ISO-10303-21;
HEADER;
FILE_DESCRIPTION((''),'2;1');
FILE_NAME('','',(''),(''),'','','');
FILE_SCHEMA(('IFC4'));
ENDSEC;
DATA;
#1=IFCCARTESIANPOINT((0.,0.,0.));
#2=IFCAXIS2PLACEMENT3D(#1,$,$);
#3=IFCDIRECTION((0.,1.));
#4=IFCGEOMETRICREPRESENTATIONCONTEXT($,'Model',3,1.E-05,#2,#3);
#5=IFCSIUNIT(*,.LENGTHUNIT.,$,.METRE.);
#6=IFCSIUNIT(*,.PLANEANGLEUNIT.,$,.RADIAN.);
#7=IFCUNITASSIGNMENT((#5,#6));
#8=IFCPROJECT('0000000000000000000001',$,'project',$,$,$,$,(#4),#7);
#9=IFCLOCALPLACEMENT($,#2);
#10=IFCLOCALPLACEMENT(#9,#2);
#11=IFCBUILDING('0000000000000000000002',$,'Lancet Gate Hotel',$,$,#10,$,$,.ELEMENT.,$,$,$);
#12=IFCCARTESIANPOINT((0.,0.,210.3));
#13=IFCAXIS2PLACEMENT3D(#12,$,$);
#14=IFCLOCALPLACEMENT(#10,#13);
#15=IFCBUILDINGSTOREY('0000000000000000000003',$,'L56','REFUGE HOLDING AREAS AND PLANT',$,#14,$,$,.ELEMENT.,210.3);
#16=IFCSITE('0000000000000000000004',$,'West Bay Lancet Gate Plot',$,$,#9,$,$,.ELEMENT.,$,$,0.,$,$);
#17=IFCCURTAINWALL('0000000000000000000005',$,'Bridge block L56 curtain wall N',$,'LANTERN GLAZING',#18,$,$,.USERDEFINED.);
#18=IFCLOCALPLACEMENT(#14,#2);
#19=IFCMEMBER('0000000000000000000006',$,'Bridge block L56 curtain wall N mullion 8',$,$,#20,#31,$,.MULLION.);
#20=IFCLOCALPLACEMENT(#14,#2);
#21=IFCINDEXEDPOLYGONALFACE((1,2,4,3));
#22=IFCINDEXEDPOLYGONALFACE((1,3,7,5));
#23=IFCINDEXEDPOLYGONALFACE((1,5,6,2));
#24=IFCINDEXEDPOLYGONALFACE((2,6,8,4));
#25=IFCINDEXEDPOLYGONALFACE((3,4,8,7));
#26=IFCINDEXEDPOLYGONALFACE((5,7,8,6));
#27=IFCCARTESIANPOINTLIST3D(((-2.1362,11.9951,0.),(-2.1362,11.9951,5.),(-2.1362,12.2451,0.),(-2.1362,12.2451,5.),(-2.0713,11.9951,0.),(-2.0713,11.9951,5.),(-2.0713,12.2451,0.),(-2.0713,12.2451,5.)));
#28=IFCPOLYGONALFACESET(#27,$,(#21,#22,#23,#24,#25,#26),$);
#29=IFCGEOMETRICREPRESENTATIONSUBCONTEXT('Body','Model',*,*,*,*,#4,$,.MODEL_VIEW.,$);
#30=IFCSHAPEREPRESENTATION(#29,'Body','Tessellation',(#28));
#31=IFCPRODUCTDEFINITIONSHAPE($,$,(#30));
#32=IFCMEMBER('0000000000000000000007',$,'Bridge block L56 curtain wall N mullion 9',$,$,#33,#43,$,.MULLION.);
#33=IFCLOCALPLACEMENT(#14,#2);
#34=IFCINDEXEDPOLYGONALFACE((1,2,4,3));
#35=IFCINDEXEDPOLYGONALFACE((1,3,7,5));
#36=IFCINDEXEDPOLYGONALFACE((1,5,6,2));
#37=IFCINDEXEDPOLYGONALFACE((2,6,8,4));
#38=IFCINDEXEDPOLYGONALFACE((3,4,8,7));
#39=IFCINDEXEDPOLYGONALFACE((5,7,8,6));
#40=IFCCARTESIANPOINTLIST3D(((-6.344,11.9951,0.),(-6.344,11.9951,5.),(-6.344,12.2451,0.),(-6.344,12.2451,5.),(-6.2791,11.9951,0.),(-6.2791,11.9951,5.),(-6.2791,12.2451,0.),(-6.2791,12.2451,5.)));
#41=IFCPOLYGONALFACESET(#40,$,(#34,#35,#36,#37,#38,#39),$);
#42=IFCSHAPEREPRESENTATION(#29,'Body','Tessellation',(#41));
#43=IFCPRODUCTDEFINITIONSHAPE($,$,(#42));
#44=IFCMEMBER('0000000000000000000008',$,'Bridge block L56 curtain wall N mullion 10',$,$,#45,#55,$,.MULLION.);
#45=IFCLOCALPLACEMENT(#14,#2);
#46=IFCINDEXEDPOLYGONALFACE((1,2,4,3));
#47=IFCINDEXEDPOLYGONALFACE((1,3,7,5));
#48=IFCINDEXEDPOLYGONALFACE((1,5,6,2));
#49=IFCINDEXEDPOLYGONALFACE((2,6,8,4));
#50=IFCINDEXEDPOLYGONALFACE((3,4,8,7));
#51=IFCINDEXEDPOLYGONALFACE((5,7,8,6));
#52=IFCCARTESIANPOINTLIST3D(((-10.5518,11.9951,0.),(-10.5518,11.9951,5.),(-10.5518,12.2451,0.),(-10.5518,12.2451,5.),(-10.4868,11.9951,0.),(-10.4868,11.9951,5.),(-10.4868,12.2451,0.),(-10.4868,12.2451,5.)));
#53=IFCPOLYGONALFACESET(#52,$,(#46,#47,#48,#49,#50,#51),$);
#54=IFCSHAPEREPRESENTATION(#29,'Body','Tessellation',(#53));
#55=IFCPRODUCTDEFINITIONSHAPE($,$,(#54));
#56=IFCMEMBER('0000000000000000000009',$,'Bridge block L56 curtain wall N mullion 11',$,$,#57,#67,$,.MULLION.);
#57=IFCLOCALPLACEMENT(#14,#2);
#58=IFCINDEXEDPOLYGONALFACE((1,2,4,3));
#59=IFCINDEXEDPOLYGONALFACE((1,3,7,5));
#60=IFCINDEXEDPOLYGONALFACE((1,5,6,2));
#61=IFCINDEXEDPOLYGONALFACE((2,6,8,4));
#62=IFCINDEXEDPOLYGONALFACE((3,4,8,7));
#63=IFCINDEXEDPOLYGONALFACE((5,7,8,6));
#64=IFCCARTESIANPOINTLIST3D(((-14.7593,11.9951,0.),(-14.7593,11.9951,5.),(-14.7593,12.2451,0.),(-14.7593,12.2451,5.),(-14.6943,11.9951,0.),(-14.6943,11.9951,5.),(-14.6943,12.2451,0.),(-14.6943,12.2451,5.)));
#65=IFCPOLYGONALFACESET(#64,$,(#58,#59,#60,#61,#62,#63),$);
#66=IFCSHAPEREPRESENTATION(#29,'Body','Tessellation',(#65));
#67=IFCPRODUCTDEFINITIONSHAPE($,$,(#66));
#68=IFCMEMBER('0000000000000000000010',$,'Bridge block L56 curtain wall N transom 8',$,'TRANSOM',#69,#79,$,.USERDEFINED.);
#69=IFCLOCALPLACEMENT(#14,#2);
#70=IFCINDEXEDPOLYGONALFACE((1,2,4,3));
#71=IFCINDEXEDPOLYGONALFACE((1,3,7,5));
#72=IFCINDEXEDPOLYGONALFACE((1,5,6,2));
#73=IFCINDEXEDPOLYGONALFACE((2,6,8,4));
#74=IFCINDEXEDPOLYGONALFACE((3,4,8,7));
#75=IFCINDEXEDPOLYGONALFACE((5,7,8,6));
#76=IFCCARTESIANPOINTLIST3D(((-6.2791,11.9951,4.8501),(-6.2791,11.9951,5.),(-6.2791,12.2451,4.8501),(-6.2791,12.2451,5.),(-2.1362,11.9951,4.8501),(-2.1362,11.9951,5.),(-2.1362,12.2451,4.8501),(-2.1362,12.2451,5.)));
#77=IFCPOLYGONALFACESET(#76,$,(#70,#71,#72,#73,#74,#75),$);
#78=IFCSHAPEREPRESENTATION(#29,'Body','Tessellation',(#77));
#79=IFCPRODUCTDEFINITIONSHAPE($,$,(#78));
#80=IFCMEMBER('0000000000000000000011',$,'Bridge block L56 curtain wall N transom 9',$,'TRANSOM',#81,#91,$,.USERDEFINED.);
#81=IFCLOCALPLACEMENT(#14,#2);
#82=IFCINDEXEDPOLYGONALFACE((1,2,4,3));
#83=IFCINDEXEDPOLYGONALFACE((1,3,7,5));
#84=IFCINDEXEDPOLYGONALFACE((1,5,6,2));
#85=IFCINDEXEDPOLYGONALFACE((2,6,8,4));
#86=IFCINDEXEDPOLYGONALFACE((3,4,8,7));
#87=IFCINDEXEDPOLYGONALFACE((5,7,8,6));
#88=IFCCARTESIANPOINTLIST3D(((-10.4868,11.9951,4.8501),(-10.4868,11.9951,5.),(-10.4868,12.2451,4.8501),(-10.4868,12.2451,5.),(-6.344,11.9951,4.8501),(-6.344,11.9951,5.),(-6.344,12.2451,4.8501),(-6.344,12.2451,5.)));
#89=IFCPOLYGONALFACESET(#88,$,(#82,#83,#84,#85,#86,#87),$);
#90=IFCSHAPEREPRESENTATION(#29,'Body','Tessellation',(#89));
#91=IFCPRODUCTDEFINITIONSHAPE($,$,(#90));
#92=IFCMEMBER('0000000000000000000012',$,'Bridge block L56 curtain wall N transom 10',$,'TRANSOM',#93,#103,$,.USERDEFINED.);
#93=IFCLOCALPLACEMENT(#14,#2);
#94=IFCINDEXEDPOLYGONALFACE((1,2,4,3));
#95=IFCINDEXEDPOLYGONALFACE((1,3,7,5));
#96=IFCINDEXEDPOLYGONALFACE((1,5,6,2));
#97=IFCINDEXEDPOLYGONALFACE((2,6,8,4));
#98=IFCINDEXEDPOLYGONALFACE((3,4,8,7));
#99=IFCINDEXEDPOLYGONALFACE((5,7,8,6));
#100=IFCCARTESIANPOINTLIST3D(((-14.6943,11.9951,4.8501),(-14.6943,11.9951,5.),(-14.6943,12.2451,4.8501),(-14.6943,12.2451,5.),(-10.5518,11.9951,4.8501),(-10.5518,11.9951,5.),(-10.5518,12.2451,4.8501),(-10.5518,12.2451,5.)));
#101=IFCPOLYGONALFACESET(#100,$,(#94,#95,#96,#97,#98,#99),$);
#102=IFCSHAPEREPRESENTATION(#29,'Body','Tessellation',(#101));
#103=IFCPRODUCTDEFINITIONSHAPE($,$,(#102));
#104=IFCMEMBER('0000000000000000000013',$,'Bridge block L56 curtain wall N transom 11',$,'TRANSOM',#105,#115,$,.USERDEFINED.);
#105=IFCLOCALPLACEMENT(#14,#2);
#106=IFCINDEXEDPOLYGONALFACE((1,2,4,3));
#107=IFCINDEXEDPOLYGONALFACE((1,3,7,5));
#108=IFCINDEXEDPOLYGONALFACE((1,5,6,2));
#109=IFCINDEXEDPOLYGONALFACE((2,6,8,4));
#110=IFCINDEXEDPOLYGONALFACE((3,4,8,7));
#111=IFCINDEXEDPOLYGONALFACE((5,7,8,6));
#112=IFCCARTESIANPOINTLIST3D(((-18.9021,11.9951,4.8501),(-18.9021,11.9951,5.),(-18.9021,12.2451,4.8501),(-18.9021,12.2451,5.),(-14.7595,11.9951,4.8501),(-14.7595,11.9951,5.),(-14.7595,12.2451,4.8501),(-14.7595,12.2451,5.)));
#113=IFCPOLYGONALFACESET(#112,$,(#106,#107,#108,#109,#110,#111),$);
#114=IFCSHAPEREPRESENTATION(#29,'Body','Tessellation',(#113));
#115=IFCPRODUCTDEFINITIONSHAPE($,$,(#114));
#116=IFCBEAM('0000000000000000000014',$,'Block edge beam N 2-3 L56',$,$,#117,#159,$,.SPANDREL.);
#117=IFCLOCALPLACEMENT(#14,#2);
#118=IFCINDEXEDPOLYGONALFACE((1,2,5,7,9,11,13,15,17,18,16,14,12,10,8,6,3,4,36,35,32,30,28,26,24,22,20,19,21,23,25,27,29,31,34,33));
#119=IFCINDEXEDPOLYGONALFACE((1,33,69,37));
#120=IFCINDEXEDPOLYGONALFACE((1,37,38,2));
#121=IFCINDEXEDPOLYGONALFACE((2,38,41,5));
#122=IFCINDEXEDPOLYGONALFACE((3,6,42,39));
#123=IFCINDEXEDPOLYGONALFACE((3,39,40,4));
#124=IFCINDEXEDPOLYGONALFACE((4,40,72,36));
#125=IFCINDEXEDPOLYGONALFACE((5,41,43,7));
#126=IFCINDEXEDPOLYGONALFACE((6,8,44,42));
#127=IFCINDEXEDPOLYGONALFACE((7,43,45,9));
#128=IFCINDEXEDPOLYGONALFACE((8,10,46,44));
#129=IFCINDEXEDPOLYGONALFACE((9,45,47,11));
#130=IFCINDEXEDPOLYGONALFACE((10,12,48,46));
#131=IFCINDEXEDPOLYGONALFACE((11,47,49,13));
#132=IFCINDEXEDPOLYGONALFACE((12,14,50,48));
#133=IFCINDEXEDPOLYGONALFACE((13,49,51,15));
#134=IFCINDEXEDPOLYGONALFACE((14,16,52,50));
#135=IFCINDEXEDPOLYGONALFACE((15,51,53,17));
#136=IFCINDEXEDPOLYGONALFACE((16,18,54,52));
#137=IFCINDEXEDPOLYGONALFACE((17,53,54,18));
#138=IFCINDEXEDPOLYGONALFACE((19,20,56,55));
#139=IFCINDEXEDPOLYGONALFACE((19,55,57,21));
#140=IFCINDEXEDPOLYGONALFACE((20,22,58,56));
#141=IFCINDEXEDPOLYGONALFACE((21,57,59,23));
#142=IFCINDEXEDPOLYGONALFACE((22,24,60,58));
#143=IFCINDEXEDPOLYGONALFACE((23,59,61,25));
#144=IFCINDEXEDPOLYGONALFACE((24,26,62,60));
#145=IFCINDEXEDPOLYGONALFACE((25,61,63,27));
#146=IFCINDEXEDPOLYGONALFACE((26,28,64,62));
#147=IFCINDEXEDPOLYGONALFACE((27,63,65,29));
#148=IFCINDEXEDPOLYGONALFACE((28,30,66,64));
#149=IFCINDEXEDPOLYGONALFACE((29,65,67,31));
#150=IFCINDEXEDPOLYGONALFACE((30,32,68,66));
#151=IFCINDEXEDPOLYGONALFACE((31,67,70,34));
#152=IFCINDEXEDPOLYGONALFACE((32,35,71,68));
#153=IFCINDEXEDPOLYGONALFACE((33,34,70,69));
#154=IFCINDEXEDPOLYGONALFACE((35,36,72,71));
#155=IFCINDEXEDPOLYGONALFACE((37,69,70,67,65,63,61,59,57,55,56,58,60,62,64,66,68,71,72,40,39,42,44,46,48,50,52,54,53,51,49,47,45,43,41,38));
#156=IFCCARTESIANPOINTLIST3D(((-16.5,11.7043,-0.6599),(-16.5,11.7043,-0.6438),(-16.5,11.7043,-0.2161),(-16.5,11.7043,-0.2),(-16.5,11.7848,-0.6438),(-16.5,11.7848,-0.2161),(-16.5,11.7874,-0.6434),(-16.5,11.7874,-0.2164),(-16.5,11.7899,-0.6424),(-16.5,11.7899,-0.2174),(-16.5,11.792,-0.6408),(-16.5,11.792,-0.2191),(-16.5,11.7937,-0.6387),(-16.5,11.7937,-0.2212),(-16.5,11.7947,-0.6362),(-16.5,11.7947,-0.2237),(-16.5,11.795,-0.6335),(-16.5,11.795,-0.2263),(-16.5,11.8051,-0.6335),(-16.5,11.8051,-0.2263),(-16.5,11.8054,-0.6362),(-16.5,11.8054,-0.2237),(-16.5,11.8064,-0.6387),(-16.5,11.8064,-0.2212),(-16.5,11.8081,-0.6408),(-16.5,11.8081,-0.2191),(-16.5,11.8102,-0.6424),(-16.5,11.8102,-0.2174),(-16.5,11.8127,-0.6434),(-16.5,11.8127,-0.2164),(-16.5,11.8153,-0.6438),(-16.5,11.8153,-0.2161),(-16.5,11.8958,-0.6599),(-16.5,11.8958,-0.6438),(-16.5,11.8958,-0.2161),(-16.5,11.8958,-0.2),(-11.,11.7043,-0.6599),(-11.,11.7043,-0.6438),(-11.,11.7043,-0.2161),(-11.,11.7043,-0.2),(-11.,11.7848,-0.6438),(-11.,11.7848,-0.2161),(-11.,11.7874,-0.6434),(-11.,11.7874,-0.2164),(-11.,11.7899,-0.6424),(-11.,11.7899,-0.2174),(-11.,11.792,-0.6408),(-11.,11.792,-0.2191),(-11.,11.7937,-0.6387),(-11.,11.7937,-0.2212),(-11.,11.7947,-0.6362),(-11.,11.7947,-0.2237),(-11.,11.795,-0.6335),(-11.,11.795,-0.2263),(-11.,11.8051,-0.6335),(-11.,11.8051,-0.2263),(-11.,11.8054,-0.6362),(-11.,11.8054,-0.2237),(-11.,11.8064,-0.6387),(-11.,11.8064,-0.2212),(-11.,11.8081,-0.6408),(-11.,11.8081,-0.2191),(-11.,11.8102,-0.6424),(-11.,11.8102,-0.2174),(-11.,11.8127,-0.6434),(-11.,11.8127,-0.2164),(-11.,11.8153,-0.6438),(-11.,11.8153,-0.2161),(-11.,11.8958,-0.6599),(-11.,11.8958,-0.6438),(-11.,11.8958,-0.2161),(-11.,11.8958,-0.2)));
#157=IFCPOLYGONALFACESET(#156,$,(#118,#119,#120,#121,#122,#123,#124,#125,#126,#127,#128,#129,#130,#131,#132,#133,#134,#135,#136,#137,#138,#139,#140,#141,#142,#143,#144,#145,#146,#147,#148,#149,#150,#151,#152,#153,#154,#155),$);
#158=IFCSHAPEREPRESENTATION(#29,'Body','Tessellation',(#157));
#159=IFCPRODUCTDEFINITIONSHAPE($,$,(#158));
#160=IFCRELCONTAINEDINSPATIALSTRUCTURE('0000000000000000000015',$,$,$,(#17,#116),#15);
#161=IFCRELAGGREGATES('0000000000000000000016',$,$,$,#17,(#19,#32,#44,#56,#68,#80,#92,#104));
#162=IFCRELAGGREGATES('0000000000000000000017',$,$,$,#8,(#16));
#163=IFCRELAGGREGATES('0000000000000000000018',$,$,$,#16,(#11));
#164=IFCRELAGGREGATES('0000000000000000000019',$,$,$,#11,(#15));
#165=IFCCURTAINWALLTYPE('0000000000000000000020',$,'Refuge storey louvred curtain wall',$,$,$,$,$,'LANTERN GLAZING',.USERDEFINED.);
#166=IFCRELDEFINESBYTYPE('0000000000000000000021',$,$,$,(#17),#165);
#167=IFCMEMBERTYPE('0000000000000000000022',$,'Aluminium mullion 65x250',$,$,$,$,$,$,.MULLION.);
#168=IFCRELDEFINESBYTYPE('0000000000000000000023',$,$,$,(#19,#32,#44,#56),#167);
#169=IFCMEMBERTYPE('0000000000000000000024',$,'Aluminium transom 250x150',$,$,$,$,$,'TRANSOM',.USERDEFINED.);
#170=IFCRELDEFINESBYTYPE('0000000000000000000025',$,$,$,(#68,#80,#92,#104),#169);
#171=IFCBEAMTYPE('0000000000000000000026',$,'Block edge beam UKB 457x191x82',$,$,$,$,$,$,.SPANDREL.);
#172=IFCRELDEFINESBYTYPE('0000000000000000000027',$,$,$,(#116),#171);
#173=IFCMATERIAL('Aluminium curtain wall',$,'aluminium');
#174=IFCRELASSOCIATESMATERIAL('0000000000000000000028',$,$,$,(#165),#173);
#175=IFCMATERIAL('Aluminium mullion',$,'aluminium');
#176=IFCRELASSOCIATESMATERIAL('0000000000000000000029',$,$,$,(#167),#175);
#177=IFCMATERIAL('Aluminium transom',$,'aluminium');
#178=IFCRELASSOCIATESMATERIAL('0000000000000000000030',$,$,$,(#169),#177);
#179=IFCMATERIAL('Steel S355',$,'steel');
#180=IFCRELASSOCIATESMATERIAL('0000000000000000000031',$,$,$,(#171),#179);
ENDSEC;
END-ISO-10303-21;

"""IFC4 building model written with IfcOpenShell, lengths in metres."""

from ifc_helpers import new_model, si_unit, direction, frame, origin, origin_2d, place, context, subcontext, project, spatial, rectangle, i_section, extrude, material, material_profile, profile_set, type_object, element, aggregate, save


model = new_model("IFC4")

# Units and contexts
model_context = context("Model", 3, precision=1e-05, world=origin(), true_north=direction((0.0, 1.0)))
body_context = subcontext(model_context, "Body", "Model", "MODEL_VIEW")
ifc_project = project(units=[si_unit("LENGTHUNIT", "METRE"), si_unit("PLANEANGLEUNIT", "RADIAN")], contexts=[model_context])

# Site, building, storey
site_placement = place(None, origin())
site = spatial("IfcSite", under=ifc_project, at=site_placement, Name="West Bay Lancet Gate Plot", CompositionType="ELEMENT", RefElevation=0.0)
building_placement = place(site_placement, origin())
building = spatial("IfcBuilding", under=site, at=building_placement, Name="Lancet Gate Hotel", CompositionType="ELEMENT")
storey_placement = place(building_placement, frame((0.0, 0.0, 210.3)))
storey = spatial("IfcBuildingStorey", under=building, at=storey_placement, Name="L56", Description="REFUGE HOLDING AREAS AND PLANT", CompositionType="ELEMENT", Elevation=210.3)

# Curtain wall, members
ifc_material_1 = material(Name="Aluminium curtain wall", Category="aluminium")
curtain_wall_type = type_object("IfcCurtainWallType", Name="Refuge storey louvred curtain wall", ElementType="LANTERN GLAZING", PredefinedType="USERDEFINED", material=ifc_material_1)
curtain_wall_placement = place(storey_placement, origin())
curtain_wall = element("IfcCurtainWall", 1, at=curtain_wall_placement, inside=storey, type_object=curtain_wall_type, Name="Bridge block L56 curtain wall N", ObjectType="LANTERN GLAZING", PredefinedType="USERDEFINED")
ifc_material_2 = material(Name="Aluminium mullion", Category="aluminium")
ifc_material_profile_1 = material_profile(ifc_material_2, rectangle(XDim=0.0649, YDim=0.25, at=origin_2d()), Name="MULLION 65x250")
ifc_profile_set_1 = profile_set([ifc_material_profile_1], Name="Aluminium mullion")
member_type_1 = type_object("IfcMemberType", Name="Aluminium mullion 65x250", PredefinedType="MULLION", material=ifc_profile_set_1)
member_1_placement = place(storey_placement, frame((-2.1038, 12.1201, 0.0), z_axis=(0.0, 0.0, 1.0), x_axis=(-1.0, 0.0, 0.0)))
member_1 = element("IfcMember", 2, at=member_1_placement, type_object=member_type_1, Name="Bridge block L56 curtain wall N mullion 8", PredefinedType="MULLION", context=body_context, shape_type="SweptSolid", body=[
    extrude(rectangle(XDim=0.0649, YDim=0.25, at=origin_2d()), origin(), (0.0, 0.0, 1.0), 5.0),
])
member_2_placement = place(storey_placement, frame((-6.3115, 12.1201, 0.0), z_axis=(0.0, 0.0, 1.0), x_axis=(-1.0, 0.0, 0.0)))
member_2 = element("IfcMember", 3, at=member_2_placement, type_object=member_type_1, Name="Bridge block L56 curtain wall N mullion 9", PredefinedType="MULLION", context=body_context, shape_type="SweptSolid", body=[
    extrude(rectangle(XDim=0.0649, YDim=0.25, at=origin_2d()), origin(), (0.0, 0.0, 1.0), 5.0),
])
member_3_placement = place(storey_placement, frame((-10.5193, 12.1201, 0.0), z_axis=(0.0, 0.0, 1.0), x_axis=(-1.0, 0.0, 0.0)))
member_3 = element("IfcMember", 4, at=member_3_placement, type_object=member_type_1, Name="Bridge block L56 curtain wall N mullion 10", PredefinedType="MULLION", context=body_context, shape_type="SweptSolid", body=[
    extrude(rectangle(XDim=0.0649, YDim=0.25, at=origin_2d()), origin(), (0.0, 0.0, 1.0), 5.0),
])
member_4_placement = place(storey_placement, frame((-14.7268, 12.1201, 0.0), z_axis=(0.0, 0.0, 1.0), x_axis=(-1.0, 0.0, 0.0)))
member_4 = element("IfcMember", 5, at=member_4_placement, type_object=member_type_1, Name="Bridge block L56 curtain wall N mullion 11", PredefinedType="MULLION", context=body_context, shape_type="SweptSolid", body=[
    extrude(rectangle(XDim=0.0649, YDim=0.25, at=origin_2d()), origin(), (0.0, 0.0, 1.0), 5.0),
])
ifc_material_3 = material(Name="Aluminium transom", Category="aluminium")
ifc_material_profile_2 = material_profile(ifc_material_3, rectangle(XDim=0.25, YDim=0.1499, at=origin_2d()), Name="TRANSOM 250x150")
ifc_profile_set_2 = profile_set([ifc_material_profile_2], Name="Aluminium transom")
member_type_2 = type_object("IfcMemberType", Name="Aluminium transom 250x150", ElementType="TRANSOM", PredefinedType="USERDEFINED", material=ifc_profile_set_2)
member_5_placement = place(storey_placement, frame((-2.1362, 12.1201, 4.925), z_axis=(-1.0, 0.0, 0.0), x_axis=(0.0, -1.0, 0.0)))
member_5 = element("IfcMember", 6, at=member_5_placement, type_object=member_type_2, Name="Bridge block L56 curtain wall N transom 8", ObjectType="TRANSOM", PredefinedType="USERDEFINED", context=body_context, shape_type="SweptSolid", body=[
    extrude(rectangle(XDim=0.25, YDim=0.1499, at=origin_2d()), origin(), (0.0, 0.0, 1.0), 4.1428),
])
member_6_placement = place(storey_placement, frame((-6.344, 12.1201, 4.925), z_axis=(-1.0, 0.0, 0.0), x_axis=(0.0, -1.0, 0.0)))
member_6 = element("IfcMember", 7, at=member_6_placement, type_object=member_type_2, Name="Bridge block L56 curtain wall N transom 9", ObjectType="TRANSOM", PredefinedType="USERDEFINED", context=body_context, shape_type="SweptSolid", body=[
    extrude(rectangle(XDim=0.25, YDim=0.1499, at=origin_2d()), origin(), (0.0, 0.0, 1.0), 4.1428),
])
member_7_placement = place(storey_placement, frame((-10.5518, 12.1201, 4.925), z_axis=(-1.0, 0.0, 0.0), x_axis=(0.0, -1.0, 0.0)))
member_7 = element("IfcMember", 8, at=member_7_placement, type_object=member_type_2, Name="Bridge block L56 curtain wall N transom 10", ObjectType="TRANSOM", PredefinedType="USERDEFINED", context=body_context, shape_type="SweptSolid", body=[
    extrude(rectangle(XDim=0.25, YDim=0.1499, at=origin_2d()), origin(), (0.0, 0.0, 1.0), 4.1426),
])
member_8_placement = place(storey_placement, frame((-14.7595, 12.1201, 4.925), z_axis=(-1.0, 0.0, 0.0), x_axis=(0.0, -1.0, 0.0)))
member_8 = element("IfcMember", 9, at=member_8_placement, type_object=member_type_2, Name="Bridge block L56 curtain wall N transom 11", ObjectType="TRANSOM", PredefinedType="USERDEFINED", context=body_context, shape_type="SweptSolid", body=[
    extrude(rectangle(XDim=0.25, YDim=0.1499, at=origin_2d()), origin(), (0.0, 0.0, 1.0), 4.1426),
])

# Beam
ifc_material_4 = material(Name="Steel S355", Category="steel")
ifc_material_profile_3 = material_profile(ifc_material_4, i_section(OverallWidth=0.1914, OverallDepth=0.46, WebThickness=0.01, FlangeThickness=0.0161, FilletRadius=0.0103, at=origin_2d()), Name="UKB 457x191x82")
ifc_profile_set_3 = profile_set([ifc_material_profile_3], Name="Steel S355")
beam_type_1 = type_object("IfcBeamType", Name="Block edge beam UKB 457x191x82", PredefinedType="SPANDREL", material=ifc_profile_set_3)
for number, where, z_axis, x_axis, name in (
    (10, (-16.5, 11.8, -0.4299), (1.0, 0.0, 0.0), (0.0, 1.0, 0.0), "Block edge beam N 2-3 L56"),
):
    element("IfcBeam", number, at=place(storey_placement, frame(where, z_axis=z_axis, x_axis=x_axis)), inside=storey, type_object=beam_type_1, Name=name, PredefinedType="SPANDREL", context=body_context, shape_type="SweptSolid", body=[
        extrude(i_section(OverallWidth=0.1914, OverallDepth=0.46, WebThickness=0.01, FlangeThickness=0.0161, FilletRadius=0.0103, at=origin_2d()), origin(), (0.0, 0.0, 1.0), 5.5),
    ])

aggregate(curtain_wall, [member_1, member_2, member_3, member_4, member_5, member_6, member_7, member_8])

save(model, "model.ifc")
